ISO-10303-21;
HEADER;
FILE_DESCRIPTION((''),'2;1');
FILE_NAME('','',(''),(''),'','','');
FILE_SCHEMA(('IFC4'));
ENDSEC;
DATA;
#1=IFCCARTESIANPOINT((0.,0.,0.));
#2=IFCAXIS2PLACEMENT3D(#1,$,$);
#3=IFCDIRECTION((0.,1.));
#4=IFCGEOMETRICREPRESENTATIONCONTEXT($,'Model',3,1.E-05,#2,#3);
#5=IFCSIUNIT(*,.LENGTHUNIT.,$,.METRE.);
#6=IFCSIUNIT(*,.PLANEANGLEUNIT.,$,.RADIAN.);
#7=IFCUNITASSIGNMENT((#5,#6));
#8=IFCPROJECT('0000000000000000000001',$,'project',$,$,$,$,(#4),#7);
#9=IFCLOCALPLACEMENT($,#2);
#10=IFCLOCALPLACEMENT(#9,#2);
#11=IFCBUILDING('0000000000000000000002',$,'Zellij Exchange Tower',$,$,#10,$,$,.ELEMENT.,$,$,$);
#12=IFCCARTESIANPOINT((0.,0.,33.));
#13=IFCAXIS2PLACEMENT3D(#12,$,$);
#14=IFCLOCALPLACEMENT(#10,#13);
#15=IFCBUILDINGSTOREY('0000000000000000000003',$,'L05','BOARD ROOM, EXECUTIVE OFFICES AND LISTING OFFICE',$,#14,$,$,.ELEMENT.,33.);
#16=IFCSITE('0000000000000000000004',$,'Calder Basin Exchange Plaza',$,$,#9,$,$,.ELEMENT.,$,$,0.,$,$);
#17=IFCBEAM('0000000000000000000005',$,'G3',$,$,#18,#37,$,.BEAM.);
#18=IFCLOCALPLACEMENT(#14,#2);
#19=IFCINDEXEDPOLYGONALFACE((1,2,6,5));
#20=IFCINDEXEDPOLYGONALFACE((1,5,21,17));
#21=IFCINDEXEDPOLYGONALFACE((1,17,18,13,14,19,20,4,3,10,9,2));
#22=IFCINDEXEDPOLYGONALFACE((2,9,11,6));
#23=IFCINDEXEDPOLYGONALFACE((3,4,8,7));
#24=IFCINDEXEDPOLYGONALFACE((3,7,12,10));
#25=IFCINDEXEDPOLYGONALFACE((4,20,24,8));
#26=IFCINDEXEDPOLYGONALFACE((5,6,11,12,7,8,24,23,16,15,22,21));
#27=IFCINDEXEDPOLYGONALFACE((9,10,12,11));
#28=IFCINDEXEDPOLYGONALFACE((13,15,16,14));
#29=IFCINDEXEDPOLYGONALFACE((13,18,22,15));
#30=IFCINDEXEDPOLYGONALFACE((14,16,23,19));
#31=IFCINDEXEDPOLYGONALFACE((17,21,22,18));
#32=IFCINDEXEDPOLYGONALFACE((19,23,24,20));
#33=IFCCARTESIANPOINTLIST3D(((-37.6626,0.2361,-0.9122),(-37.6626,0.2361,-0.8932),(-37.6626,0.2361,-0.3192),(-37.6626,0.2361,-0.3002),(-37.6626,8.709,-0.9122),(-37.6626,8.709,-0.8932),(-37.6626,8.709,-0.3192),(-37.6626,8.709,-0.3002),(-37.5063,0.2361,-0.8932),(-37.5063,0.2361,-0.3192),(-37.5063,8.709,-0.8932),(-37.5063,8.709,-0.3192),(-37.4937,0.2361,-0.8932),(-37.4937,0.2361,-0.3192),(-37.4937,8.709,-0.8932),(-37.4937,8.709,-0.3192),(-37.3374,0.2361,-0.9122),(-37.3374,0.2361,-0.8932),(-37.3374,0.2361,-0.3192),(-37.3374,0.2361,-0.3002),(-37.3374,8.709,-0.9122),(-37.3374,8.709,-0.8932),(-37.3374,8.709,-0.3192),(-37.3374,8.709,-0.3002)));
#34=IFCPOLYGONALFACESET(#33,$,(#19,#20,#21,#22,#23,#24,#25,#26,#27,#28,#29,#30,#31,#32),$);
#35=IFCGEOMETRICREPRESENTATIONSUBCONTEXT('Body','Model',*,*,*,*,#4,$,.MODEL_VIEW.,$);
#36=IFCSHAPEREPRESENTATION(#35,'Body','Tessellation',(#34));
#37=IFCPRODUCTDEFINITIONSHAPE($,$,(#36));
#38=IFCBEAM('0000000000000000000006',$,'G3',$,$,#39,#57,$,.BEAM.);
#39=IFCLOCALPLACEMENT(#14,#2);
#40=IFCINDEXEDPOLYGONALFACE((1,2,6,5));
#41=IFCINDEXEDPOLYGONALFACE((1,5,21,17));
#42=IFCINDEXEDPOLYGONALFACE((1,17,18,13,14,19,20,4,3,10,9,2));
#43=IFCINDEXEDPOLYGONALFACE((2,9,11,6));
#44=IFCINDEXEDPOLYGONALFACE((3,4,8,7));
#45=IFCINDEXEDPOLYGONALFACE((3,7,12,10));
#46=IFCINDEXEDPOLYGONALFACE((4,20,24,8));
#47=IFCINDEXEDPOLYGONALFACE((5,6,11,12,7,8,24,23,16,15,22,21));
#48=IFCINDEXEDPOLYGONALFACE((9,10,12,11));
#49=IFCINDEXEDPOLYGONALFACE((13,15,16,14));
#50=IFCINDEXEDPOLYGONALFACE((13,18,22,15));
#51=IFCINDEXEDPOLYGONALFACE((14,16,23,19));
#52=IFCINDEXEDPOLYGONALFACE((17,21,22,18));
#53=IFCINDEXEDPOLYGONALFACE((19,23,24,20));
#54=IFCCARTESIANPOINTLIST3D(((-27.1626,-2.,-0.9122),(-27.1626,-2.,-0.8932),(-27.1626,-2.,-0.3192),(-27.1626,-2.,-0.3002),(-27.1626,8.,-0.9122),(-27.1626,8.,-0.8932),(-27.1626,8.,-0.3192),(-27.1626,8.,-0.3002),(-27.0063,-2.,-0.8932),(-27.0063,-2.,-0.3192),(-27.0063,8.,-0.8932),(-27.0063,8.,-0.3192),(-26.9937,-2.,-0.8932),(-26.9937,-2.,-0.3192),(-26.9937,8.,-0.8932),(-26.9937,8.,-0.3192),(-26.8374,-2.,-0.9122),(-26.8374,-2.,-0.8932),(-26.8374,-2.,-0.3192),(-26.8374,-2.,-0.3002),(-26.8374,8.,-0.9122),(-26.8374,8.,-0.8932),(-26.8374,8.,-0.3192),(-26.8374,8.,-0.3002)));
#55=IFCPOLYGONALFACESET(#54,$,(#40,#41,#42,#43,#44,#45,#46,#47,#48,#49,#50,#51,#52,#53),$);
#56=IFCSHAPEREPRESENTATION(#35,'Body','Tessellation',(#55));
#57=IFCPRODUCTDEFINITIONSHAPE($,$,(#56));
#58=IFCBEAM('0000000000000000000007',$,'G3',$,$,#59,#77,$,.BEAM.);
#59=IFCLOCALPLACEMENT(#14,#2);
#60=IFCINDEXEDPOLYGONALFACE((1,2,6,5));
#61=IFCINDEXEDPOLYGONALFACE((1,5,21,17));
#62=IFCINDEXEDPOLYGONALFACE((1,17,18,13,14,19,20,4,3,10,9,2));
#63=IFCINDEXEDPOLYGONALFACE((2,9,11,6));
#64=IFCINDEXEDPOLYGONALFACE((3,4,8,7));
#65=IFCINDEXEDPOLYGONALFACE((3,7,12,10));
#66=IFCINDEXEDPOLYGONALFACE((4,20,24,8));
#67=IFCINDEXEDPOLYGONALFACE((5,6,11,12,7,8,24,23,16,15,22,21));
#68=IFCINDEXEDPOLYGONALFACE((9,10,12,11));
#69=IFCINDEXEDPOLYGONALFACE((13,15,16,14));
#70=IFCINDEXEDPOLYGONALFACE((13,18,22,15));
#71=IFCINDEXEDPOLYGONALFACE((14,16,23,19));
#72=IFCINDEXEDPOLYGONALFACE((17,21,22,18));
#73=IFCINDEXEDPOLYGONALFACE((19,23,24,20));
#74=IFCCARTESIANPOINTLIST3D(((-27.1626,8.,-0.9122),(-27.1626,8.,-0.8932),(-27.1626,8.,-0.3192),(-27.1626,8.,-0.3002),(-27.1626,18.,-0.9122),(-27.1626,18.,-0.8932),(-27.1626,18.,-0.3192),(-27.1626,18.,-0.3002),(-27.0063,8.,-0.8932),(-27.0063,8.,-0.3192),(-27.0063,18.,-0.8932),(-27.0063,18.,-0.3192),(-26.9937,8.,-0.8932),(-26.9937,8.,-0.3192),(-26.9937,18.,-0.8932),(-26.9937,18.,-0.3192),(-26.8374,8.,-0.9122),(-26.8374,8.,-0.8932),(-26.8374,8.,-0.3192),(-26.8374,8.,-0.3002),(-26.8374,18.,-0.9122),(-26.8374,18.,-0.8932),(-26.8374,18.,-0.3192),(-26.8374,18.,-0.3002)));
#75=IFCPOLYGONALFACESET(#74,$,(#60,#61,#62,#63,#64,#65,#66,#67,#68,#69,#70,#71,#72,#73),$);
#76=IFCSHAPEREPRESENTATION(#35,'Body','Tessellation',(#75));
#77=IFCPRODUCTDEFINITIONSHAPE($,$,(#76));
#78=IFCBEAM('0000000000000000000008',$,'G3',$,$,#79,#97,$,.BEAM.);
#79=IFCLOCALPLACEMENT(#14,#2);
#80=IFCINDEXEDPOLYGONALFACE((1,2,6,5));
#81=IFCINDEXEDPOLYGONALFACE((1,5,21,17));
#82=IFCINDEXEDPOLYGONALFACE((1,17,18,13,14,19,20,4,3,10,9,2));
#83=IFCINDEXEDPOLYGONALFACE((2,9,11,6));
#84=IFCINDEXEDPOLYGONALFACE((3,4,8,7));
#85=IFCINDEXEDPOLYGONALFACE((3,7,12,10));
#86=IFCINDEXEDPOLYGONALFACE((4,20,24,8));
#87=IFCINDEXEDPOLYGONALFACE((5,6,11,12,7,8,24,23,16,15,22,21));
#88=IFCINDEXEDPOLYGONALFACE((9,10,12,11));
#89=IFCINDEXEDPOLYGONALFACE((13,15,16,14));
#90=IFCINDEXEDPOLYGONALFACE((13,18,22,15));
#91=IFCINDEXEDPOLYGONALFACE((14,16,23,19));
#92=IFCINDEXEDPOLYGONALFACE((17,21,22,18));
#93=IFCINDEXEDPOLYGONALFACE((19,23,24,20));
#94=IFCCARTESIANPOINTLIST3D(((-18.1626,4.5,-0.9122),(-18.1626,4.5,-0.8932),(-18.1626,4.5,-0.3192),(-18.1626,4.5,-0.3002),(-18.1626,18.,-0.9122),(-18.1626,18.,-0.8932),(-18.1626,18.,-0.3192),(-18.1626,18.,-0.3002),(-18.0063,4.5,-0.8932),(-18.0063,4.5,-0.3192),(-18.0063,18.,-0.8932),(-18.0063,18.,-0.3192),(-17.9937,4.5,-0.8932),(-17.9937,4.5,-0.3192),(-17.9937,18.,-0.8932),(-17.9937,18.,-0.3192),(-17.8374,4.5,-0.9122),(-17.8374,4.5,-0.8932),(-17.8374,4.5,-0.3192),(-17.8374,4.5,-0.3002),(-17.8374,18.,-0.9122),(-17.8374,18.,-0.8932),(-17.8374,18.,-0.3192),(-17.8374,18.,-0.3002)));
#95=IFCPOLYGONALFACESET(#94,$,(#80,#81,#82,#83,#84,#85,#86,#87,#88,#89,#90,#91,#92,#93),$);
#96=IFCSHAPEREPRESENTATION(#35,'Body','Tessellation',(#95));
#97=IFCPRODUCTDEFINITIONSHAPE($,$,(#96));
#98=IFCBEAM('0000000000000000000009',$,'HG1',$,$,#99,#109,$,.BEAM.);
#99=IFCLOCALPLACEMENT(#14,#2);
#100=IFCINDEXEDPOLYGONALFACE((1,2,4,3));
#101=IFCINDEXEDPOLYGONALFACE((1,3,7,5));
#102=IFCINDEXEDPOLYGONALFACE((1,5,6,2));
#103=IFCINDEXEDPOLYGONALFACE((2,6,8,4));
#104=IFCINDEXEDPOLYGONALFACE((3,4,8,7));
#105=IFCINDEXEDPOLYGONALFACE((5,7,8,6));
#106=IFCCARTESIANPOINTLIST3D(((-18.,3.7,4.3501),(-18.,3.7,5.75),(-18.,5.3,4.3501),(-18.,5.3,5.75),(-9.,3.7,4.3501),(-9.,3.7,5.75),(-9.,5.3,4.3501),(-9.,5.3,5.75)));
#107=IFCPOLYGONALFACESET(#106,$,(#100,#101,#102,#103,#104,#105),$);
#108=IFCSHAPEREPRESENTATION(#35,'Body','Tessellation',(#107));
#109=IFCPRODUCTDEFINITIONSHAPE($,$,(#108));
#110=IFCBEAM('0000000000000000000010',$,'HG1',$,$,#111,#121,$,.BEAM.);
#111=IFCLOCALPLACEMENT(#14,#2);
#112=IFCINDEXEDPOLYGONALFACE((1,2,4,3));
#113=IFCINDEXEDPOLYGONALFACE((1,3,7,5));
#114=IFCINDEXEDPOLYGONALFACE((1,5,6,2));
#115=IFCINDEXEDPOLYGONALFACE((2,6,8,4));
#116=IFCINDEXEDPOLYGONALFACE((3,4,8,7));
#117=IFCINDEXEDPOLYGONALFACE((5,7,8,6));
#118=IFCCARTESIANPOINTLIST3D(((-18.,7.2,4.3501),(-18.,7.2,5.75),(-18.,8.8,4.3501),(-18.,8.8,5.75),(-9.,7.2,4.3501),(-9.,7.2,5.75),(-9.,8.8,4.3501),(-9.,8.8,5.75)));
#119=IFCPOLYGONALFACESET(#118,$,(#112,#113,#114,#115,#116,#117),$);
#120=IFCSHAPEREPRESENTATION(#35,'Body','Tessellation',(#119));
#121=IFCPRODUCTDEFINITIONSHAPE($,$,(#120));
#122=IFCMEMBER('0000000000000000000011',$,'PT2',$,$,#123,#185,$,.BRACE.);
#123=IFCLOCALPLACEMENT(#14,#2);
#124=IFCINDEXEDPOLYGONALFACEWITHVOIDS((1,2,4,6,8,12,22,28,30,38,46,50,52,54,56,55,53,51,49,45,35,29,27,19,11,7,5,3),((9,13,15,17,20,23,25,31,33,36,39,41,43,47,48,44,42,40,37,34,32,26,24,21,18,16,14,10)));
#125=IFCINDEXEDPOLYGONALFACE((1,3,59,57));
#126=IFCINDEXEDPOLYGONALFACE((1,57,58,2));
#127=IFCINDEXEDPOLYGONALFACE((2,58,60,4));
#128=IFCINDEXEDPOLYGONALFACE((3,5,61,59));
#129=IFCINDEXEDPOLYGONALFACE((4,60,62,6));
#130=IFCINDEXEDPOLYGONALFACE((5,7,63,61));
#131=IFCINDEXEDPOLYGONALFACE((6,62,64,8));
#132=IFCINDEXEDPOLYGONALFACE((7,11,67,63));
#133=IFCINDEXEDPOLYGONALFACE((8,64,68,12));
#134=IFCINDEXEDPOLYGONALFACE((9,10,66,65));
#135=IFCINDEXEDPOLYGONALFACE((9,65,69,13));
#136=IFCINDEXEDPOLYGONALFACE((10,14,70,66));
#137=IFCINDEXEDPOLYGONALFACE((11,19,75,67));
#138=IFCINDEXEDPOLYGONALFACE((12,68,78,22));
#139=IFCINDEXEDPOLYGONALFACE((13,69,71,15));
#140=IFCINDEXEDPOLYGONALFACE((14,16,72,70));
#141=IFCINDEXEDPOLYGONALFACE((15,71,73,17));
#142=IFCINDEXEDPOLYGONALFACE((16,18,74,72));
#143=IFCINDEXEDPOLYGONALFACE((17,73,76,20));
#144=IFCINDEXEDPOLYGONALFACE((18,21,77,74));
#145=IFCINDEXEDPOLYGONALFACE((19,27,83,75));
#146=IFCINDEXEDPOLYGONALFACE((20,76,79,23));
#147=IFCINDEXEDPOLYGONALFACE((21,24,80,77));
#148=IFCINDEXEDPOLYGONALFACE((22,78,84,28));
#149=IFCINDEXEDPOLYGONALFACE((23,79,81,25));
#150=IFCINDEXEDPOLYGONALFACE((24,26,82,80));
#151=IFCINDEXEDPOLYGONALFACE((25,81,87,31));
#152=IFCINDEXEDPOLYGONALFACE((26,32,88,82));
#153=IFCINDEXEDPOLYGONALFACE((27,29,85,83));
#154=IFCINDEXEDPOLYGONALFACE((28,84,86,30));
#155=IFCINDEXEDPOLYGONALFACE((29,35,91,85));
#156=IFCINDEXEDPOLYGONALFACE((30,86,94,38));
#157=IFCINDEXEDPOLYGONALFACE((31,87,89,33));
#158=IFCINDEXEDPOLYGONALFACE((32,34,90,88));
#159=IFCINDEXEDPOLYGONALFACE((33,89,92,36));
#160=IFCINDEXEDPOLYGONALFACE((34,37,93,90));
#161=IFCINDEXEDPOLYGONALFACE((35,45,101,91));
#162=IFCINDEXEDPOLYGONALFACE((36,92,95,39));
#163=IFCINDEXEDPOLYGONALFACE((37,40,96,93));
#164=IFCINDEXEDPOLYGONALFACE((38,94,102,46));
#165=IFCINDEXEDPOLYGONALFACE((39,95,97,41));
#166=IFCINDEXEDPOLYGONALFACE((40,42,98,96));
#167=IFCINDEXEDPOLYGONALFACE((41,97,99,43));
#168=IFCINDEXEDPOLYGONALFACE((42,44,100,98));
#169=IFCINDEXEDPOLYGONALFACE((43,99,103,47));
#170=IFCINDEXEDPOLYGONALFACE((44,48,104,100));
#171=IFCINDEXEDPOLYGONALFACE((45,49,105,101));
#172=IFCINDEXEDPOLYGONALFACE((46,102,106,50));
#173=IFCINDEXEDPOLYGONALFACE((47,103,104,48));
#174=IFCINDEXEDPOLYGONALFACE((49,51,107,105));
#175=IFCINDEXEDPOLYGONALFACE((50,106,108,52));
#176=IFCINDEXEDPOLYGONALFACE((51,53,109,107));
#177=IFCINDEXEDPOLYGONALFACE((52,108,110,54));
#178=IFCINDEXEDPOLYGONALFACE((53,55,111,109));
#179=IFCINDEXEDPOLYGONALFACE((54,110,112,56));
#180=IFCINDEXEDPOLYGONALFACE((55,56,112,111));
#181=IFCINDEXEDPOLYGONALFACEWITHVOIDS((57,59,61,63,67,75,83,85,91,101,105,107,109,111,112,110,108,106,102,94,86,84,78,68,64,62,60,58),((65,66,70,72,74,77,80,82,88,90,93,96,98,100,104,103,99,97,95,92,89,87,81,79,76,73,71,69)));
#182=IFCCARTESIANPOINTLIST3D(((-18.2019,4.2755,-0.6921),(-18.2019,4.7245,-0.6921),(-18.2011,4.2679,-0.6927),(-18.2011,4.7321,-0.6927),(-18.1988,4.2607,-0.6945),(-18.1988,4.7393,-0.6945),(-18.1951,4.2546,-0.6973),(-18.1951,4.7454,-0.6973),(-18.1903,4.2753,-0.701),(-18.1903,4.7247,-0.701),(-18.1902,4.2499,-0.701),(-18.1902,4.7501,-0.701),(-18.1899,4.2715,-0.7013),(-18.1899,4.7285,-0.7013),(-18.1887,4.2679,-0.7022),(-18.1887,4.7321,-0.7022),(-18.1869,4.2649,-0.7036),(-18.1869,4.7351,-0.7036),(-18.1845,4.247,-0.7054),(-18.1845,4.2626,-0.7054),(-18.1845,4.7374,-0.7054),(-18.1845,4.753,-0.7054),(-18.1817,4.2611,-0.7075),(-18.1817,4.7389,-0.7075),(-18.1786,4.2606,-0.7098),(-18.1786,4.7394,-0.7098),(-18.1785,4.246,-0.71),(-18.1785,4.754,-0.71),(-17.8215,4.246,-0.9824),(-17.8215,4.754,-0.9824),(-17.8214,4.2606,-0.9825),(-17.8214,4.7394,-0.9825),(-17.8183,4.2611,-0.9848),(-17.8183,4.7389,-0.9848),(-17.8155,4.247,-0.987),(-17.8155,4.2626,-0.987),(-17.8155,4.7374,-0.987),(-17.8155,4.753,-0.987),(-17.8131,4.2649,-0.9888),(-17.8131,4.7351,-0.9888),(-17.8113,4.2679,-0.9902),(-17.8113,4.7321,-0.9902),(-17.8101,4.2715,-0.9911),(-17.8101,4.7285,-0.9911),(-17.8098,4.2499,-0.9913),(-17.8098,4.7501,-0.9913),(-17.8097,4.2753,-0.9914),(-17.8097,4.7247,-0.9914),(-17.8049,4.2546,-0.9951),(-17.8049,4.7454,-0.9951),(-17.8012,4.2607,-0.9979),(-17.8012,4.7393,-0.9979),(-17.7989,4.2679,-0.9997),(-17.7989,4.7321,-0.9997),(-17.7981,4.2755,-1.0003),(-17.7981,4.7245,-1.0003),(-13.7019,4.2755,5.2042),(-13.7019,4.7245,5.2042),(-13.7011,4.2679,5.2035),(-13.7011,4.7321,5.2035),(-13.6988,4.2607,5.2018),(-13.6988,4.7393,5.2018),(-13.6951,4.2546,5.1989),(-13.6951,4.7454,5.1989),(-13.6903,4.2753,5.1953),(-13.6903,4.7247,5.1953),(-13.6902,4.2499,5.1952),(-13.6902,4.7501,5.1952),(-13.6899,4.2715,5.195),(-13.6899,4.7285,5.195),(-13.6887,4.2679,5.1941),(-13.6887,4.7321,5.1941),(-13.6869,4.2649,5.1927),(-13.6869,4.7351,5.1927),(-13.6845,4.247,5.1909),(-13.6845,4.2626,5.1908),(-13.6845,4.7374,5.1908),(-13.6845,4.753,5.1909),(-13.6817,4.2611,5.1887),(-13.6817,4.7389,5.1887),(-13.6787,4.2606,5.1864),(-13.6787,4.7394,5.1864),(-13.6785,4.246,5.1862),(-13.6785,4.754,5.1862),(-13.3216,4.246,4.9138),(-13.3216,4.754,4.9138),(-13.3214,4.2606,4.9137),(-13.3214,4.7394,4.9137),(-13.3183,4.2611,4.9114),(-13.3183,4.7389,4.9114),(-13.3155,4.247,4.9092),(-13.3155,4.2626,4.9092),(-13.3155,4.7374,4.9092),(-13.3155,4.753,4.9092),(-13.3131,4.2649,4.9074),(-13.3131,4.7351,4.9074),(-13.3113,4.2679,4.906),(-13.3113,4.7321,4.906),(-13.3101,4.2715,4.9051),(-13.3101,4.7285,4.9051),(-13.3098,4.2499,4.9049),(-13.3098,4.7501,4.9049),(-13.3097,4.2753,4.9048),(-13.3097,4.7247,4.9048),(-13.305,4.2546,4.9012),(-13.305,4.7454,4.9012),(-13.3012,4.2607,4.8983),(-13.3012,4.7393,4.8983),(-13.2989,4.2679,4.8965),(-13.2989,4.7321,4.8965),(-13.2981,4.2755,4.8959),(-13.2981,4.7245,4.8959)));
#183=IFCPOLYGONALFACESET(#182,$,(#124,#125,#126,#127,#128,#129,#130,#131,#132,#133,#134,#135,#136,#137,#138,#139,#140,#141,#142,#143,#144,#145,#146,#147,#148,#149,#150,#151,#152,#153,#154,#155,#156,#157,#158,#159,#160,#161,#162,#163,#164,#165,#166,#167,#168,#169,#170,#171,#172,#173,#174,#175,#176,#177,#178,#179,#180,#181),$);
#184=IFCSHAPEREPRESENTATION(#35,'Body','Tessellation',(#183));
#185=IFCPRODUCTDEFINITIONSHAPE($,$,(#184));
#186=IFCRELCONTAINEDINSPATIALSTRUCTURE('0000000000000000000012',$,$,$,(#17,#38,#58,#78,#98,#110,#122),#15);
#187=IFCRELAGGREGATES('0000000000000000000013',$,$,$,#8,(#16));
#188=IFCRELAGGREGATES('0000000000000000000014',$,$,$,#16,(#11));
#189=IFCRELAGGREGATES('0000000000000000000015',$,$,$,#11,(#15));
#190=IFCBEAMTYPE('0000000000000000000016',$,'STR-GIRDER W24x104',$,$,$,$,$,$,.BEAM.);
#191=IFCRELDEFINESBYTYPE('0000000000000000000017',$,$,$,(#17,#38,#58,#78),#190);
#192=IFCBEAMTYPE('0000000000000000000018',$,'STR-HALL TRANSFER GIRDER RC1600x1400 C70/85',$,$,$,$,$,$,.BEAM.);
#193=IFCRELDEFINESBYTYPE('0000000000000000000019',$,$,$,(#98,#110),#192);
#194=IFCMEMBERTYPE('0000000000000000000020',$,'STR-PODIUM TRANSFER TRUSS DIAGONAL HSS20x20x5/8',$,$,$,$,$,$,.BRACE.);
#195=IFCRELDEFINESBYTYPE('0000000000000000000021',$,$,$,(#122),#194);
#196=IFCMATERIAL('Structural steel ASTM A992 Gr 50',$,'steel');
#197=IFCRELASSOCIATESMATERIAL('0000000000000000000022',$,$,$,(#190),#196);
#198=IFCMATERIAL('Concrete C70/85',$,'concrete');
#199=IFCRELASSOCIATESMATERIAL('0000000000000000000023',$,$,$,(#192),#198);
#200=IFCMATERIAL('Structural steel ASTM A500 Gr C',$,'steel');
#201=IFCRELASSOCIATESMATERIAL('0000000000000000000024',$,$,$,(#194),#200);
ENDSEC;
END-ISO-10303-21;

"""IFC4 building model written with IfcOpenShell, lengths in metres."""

from ifc_helpers import new_model, si_unit, direction, frame, origin, origin_2d, place, context, subcontext, project, spatial, rectangle, hollow_rectangle, i_section, extrude, material, material_profile, profile_set, type_object, element, save


model = new_model("IFC4")

# Units and contexts
model_context = context("Model", 3, precision=1e-05, world=origin(), true_north=direction((0.0, 1.0)))
body_context = subcontext(model_context, "Body", "Model", "MODEL_VIEW")
ifc_project = project(units=[si_unit("LENGTHUNIT", "METRE"), si_unit("PLANEANGLEUNIT", "RADIAN")], contexts=[model_context])

# Site, building, storey
site_placement = place(None, origin())
site = spatial("IfcSite", under=ifc_project, at=site_placement, Name="Calder Basin Exchange Plaza", CompositionType="ELEMENT", RefElevation=0.0)
building_placement = place(site_placement, origin())
building = spatial("IfcBuilding", under=site, at=building_placement, Name="Zellij Exchange Tower", CompositionType="ELEMENT")
storey_placement = place(building_placement, frame((0.0, 0.0, 33.0)))
storey = spatial("IfcBuildingStorey", under=building, at=storey_placement, Name="L05", Description="BOARD ROOM, EXECUTIVE OFFICES AND LISTING OFFICE", CompositionType="ELEMENT", Elevation=33.0)

# Shared definitions
ifc_material_1 = material(Name="Concrete C70/85", Category="concrete")

# Beams
ifc_material_2 = material(Name="Structural steel ASTM A992 Gr 50", Category="steel")
ifc_material_profile_1 = material_profile(ifc_material_2, i_section(OverallWidth=0.3252, OverallDepth=0.6121, WebThickness=0.0127, FlangeThickness=0.019, at=origin_2d()), Name="W24x104")
ifc_profile_set_1 = profile_set([ifc_material_profile_1], Name="Structural steel ASTM A992 Gr 50")
beam_type_1 = type_object("IfcBeamType", Name="STR-GIRDER W24x104", PredefinedType="BEAM", material=ifc_profile_set_1)
beam_1_placement = place(storey_placement, frame((-37.5, 0.2361, -0.6062), z_axis=(0.0, 1.0, 0.0), x_axis=(-1.0, 0.0, 0.0)))
element("IfcBeam", 1, at=beam_1_placement, inside=storey, type_object=beam_type_1, Name="G3", PredefinedType="BEAM", context=body_context, shape_type="SweptSolid", body=[
    extrude(i_section(OverallWidth=0.3252, OverallDepth=0.6121, WebThickness=0.0127, FlangeThickness=0.019, at=origin_2d()), origin(), (0.0, 0.0, 1.0), 8.4729),
])
for number, where, z_axis, x_axis, name in (
    (2, (-27.0, -2.0, -0.6062), (0.0, 1.0, 0.0), (-1.0, 0.0, 0.0), "G3"),
    (3, (-27.0, 8.0, -0.6062), (0.0, 1.0, 0.0), (-1.0, 0.0, 0.0), "G3"),
):
    element("IfcBeam", number, at=place(storey_placement, frame(where, z_axis=z_axis, x_axis=x_axis)), inside=storey, type_object=beam_type_1, Name=name, PredefinedType="BEAM", context=body_context, shape_type="SweptSolid", body=[
        extrude(i_section(OverallWidth=0.3252, OverallDepth=0.6121, WebThickness=0.0127, FlangeThickness=0.019, at=origin_2d()), origin(), (0.0, 0.0, 1.0), 10.0),
    ])
beam_2_placement = place(storey_placement, frame((-18.0, 4.5, -0.6062), z_axis=(0.0, 1.0, 0.0), x_axis=(-1.0, 0.0, 0.0)))
element("IfcBeam", 4, at=beam_2_placement, inside=storey, type_object=beam_type_1, Name="G3", PredefinedType="BEAM", context=body_context, shape_type="SweptSolid", body=[
    extrude(i_section(OverallWidth=0.3252, OverallDepth=0.6121, WebThickness=0.0127, FlangeThickness=0.019, at=origin_2d()), origin(), (0.0, 0.0, 1.0), 13.5),
])
ifc_material_profile_2 = material_profile(ifc_material_1, rectangle(XDim=1.6001, YDim=1.3999, at=origin_2d()), Name="STR-HALL TRANSFER GIRDER RC1600x1400 C70/85")
ifc_profile_set_2 = profile_set([ifc_material_profile_2], Name="Concrete C70/85")
beam_type_2 = type_object("IfcBeamType", Name="STR-HALL TRANSFER GIRDER RC1600x1400 C70/85", PredefinedType="BEAM", material=ifc_profile_set_2)
for number, where, z_axis, x_axis, name in (
    (5, (-18.0, 4.5, 5.05), (1.0, 0.0, 0.0), (0.0, 1.0, 0.0), "HG1"),
    (6, (-18.0, 8.0, 5.05), (1.0, 0.0, 0.0), (0.0, 1.0, 0.0), "HG1"),
):
    element("IfcBeam", number, at=place(storey_placement, frame(where, z_axis=z_axis, x_axis=x_axis)), inside=storey, type_object=beam_type_2, Name=name, PredefinedType="BEAM", context=body_context, shape_type="SweptSolid", body=[
        extrude(rectangle(XDim=1.6001, YDim=1.3999, at=origin_2d()), origin(), (0.0, 0.0, 1.0), 9.0),
    ])

# Member
ifc_material_3 = material(Name="Structural steel ASTM A500 Gr C", Category="steel")
ifc_material_profile_3 = material_profile(ifc_material_3, hollow_rectangle(XDim=0.5081, YDim=0.5081, WallThickness=0.0146, InnerFilletRadius=0.0146, OuterFilletRadius=0.0295, at=origin_2d()), Name="STR-PODIUM TRANSFER TRUSS DIAGONAL HSS20x20x5/8")
ifc_profile_set_3 = profile_set([ifc_material_profile_3], Name="Structural steel ASTM A500 Gr C")
member_type = type_object("IfcMemberType", Name="STR-PODIUM TRANSFER TRUSS DIAGONAL HSS20x20x5/8", PredefinedType="BRACE", material=ifc_profile_set_3)
for number, where, z_axis, x_axis, name in (
    (7, (-18.0, 4.5, -0.8462), (0.606694, 0.0, 0.794936), (0.0, 1.0, 0.0), "PT2"),
):
    element("IfcMember", number, at=place(storey_placement, frame(where, z_axis=z_axis, x_axis=x_axis)), inside=storey, type_object=member_type, Name=name, PredefinedType="BRACE", context=body_context, shape_type="SweptSolid", body=[
        extrude(hollow_rectangle(XDim=0.5081, YDim=0.5081, WallThickness=0.0146, InnerFilletRadius=0.0146, OuterFilletRadius=0.0295, at=origin_2d()), origin(), (0.0, 0.0, 1.0), 7.4172),
    ])

save(model, "model.ifc")
